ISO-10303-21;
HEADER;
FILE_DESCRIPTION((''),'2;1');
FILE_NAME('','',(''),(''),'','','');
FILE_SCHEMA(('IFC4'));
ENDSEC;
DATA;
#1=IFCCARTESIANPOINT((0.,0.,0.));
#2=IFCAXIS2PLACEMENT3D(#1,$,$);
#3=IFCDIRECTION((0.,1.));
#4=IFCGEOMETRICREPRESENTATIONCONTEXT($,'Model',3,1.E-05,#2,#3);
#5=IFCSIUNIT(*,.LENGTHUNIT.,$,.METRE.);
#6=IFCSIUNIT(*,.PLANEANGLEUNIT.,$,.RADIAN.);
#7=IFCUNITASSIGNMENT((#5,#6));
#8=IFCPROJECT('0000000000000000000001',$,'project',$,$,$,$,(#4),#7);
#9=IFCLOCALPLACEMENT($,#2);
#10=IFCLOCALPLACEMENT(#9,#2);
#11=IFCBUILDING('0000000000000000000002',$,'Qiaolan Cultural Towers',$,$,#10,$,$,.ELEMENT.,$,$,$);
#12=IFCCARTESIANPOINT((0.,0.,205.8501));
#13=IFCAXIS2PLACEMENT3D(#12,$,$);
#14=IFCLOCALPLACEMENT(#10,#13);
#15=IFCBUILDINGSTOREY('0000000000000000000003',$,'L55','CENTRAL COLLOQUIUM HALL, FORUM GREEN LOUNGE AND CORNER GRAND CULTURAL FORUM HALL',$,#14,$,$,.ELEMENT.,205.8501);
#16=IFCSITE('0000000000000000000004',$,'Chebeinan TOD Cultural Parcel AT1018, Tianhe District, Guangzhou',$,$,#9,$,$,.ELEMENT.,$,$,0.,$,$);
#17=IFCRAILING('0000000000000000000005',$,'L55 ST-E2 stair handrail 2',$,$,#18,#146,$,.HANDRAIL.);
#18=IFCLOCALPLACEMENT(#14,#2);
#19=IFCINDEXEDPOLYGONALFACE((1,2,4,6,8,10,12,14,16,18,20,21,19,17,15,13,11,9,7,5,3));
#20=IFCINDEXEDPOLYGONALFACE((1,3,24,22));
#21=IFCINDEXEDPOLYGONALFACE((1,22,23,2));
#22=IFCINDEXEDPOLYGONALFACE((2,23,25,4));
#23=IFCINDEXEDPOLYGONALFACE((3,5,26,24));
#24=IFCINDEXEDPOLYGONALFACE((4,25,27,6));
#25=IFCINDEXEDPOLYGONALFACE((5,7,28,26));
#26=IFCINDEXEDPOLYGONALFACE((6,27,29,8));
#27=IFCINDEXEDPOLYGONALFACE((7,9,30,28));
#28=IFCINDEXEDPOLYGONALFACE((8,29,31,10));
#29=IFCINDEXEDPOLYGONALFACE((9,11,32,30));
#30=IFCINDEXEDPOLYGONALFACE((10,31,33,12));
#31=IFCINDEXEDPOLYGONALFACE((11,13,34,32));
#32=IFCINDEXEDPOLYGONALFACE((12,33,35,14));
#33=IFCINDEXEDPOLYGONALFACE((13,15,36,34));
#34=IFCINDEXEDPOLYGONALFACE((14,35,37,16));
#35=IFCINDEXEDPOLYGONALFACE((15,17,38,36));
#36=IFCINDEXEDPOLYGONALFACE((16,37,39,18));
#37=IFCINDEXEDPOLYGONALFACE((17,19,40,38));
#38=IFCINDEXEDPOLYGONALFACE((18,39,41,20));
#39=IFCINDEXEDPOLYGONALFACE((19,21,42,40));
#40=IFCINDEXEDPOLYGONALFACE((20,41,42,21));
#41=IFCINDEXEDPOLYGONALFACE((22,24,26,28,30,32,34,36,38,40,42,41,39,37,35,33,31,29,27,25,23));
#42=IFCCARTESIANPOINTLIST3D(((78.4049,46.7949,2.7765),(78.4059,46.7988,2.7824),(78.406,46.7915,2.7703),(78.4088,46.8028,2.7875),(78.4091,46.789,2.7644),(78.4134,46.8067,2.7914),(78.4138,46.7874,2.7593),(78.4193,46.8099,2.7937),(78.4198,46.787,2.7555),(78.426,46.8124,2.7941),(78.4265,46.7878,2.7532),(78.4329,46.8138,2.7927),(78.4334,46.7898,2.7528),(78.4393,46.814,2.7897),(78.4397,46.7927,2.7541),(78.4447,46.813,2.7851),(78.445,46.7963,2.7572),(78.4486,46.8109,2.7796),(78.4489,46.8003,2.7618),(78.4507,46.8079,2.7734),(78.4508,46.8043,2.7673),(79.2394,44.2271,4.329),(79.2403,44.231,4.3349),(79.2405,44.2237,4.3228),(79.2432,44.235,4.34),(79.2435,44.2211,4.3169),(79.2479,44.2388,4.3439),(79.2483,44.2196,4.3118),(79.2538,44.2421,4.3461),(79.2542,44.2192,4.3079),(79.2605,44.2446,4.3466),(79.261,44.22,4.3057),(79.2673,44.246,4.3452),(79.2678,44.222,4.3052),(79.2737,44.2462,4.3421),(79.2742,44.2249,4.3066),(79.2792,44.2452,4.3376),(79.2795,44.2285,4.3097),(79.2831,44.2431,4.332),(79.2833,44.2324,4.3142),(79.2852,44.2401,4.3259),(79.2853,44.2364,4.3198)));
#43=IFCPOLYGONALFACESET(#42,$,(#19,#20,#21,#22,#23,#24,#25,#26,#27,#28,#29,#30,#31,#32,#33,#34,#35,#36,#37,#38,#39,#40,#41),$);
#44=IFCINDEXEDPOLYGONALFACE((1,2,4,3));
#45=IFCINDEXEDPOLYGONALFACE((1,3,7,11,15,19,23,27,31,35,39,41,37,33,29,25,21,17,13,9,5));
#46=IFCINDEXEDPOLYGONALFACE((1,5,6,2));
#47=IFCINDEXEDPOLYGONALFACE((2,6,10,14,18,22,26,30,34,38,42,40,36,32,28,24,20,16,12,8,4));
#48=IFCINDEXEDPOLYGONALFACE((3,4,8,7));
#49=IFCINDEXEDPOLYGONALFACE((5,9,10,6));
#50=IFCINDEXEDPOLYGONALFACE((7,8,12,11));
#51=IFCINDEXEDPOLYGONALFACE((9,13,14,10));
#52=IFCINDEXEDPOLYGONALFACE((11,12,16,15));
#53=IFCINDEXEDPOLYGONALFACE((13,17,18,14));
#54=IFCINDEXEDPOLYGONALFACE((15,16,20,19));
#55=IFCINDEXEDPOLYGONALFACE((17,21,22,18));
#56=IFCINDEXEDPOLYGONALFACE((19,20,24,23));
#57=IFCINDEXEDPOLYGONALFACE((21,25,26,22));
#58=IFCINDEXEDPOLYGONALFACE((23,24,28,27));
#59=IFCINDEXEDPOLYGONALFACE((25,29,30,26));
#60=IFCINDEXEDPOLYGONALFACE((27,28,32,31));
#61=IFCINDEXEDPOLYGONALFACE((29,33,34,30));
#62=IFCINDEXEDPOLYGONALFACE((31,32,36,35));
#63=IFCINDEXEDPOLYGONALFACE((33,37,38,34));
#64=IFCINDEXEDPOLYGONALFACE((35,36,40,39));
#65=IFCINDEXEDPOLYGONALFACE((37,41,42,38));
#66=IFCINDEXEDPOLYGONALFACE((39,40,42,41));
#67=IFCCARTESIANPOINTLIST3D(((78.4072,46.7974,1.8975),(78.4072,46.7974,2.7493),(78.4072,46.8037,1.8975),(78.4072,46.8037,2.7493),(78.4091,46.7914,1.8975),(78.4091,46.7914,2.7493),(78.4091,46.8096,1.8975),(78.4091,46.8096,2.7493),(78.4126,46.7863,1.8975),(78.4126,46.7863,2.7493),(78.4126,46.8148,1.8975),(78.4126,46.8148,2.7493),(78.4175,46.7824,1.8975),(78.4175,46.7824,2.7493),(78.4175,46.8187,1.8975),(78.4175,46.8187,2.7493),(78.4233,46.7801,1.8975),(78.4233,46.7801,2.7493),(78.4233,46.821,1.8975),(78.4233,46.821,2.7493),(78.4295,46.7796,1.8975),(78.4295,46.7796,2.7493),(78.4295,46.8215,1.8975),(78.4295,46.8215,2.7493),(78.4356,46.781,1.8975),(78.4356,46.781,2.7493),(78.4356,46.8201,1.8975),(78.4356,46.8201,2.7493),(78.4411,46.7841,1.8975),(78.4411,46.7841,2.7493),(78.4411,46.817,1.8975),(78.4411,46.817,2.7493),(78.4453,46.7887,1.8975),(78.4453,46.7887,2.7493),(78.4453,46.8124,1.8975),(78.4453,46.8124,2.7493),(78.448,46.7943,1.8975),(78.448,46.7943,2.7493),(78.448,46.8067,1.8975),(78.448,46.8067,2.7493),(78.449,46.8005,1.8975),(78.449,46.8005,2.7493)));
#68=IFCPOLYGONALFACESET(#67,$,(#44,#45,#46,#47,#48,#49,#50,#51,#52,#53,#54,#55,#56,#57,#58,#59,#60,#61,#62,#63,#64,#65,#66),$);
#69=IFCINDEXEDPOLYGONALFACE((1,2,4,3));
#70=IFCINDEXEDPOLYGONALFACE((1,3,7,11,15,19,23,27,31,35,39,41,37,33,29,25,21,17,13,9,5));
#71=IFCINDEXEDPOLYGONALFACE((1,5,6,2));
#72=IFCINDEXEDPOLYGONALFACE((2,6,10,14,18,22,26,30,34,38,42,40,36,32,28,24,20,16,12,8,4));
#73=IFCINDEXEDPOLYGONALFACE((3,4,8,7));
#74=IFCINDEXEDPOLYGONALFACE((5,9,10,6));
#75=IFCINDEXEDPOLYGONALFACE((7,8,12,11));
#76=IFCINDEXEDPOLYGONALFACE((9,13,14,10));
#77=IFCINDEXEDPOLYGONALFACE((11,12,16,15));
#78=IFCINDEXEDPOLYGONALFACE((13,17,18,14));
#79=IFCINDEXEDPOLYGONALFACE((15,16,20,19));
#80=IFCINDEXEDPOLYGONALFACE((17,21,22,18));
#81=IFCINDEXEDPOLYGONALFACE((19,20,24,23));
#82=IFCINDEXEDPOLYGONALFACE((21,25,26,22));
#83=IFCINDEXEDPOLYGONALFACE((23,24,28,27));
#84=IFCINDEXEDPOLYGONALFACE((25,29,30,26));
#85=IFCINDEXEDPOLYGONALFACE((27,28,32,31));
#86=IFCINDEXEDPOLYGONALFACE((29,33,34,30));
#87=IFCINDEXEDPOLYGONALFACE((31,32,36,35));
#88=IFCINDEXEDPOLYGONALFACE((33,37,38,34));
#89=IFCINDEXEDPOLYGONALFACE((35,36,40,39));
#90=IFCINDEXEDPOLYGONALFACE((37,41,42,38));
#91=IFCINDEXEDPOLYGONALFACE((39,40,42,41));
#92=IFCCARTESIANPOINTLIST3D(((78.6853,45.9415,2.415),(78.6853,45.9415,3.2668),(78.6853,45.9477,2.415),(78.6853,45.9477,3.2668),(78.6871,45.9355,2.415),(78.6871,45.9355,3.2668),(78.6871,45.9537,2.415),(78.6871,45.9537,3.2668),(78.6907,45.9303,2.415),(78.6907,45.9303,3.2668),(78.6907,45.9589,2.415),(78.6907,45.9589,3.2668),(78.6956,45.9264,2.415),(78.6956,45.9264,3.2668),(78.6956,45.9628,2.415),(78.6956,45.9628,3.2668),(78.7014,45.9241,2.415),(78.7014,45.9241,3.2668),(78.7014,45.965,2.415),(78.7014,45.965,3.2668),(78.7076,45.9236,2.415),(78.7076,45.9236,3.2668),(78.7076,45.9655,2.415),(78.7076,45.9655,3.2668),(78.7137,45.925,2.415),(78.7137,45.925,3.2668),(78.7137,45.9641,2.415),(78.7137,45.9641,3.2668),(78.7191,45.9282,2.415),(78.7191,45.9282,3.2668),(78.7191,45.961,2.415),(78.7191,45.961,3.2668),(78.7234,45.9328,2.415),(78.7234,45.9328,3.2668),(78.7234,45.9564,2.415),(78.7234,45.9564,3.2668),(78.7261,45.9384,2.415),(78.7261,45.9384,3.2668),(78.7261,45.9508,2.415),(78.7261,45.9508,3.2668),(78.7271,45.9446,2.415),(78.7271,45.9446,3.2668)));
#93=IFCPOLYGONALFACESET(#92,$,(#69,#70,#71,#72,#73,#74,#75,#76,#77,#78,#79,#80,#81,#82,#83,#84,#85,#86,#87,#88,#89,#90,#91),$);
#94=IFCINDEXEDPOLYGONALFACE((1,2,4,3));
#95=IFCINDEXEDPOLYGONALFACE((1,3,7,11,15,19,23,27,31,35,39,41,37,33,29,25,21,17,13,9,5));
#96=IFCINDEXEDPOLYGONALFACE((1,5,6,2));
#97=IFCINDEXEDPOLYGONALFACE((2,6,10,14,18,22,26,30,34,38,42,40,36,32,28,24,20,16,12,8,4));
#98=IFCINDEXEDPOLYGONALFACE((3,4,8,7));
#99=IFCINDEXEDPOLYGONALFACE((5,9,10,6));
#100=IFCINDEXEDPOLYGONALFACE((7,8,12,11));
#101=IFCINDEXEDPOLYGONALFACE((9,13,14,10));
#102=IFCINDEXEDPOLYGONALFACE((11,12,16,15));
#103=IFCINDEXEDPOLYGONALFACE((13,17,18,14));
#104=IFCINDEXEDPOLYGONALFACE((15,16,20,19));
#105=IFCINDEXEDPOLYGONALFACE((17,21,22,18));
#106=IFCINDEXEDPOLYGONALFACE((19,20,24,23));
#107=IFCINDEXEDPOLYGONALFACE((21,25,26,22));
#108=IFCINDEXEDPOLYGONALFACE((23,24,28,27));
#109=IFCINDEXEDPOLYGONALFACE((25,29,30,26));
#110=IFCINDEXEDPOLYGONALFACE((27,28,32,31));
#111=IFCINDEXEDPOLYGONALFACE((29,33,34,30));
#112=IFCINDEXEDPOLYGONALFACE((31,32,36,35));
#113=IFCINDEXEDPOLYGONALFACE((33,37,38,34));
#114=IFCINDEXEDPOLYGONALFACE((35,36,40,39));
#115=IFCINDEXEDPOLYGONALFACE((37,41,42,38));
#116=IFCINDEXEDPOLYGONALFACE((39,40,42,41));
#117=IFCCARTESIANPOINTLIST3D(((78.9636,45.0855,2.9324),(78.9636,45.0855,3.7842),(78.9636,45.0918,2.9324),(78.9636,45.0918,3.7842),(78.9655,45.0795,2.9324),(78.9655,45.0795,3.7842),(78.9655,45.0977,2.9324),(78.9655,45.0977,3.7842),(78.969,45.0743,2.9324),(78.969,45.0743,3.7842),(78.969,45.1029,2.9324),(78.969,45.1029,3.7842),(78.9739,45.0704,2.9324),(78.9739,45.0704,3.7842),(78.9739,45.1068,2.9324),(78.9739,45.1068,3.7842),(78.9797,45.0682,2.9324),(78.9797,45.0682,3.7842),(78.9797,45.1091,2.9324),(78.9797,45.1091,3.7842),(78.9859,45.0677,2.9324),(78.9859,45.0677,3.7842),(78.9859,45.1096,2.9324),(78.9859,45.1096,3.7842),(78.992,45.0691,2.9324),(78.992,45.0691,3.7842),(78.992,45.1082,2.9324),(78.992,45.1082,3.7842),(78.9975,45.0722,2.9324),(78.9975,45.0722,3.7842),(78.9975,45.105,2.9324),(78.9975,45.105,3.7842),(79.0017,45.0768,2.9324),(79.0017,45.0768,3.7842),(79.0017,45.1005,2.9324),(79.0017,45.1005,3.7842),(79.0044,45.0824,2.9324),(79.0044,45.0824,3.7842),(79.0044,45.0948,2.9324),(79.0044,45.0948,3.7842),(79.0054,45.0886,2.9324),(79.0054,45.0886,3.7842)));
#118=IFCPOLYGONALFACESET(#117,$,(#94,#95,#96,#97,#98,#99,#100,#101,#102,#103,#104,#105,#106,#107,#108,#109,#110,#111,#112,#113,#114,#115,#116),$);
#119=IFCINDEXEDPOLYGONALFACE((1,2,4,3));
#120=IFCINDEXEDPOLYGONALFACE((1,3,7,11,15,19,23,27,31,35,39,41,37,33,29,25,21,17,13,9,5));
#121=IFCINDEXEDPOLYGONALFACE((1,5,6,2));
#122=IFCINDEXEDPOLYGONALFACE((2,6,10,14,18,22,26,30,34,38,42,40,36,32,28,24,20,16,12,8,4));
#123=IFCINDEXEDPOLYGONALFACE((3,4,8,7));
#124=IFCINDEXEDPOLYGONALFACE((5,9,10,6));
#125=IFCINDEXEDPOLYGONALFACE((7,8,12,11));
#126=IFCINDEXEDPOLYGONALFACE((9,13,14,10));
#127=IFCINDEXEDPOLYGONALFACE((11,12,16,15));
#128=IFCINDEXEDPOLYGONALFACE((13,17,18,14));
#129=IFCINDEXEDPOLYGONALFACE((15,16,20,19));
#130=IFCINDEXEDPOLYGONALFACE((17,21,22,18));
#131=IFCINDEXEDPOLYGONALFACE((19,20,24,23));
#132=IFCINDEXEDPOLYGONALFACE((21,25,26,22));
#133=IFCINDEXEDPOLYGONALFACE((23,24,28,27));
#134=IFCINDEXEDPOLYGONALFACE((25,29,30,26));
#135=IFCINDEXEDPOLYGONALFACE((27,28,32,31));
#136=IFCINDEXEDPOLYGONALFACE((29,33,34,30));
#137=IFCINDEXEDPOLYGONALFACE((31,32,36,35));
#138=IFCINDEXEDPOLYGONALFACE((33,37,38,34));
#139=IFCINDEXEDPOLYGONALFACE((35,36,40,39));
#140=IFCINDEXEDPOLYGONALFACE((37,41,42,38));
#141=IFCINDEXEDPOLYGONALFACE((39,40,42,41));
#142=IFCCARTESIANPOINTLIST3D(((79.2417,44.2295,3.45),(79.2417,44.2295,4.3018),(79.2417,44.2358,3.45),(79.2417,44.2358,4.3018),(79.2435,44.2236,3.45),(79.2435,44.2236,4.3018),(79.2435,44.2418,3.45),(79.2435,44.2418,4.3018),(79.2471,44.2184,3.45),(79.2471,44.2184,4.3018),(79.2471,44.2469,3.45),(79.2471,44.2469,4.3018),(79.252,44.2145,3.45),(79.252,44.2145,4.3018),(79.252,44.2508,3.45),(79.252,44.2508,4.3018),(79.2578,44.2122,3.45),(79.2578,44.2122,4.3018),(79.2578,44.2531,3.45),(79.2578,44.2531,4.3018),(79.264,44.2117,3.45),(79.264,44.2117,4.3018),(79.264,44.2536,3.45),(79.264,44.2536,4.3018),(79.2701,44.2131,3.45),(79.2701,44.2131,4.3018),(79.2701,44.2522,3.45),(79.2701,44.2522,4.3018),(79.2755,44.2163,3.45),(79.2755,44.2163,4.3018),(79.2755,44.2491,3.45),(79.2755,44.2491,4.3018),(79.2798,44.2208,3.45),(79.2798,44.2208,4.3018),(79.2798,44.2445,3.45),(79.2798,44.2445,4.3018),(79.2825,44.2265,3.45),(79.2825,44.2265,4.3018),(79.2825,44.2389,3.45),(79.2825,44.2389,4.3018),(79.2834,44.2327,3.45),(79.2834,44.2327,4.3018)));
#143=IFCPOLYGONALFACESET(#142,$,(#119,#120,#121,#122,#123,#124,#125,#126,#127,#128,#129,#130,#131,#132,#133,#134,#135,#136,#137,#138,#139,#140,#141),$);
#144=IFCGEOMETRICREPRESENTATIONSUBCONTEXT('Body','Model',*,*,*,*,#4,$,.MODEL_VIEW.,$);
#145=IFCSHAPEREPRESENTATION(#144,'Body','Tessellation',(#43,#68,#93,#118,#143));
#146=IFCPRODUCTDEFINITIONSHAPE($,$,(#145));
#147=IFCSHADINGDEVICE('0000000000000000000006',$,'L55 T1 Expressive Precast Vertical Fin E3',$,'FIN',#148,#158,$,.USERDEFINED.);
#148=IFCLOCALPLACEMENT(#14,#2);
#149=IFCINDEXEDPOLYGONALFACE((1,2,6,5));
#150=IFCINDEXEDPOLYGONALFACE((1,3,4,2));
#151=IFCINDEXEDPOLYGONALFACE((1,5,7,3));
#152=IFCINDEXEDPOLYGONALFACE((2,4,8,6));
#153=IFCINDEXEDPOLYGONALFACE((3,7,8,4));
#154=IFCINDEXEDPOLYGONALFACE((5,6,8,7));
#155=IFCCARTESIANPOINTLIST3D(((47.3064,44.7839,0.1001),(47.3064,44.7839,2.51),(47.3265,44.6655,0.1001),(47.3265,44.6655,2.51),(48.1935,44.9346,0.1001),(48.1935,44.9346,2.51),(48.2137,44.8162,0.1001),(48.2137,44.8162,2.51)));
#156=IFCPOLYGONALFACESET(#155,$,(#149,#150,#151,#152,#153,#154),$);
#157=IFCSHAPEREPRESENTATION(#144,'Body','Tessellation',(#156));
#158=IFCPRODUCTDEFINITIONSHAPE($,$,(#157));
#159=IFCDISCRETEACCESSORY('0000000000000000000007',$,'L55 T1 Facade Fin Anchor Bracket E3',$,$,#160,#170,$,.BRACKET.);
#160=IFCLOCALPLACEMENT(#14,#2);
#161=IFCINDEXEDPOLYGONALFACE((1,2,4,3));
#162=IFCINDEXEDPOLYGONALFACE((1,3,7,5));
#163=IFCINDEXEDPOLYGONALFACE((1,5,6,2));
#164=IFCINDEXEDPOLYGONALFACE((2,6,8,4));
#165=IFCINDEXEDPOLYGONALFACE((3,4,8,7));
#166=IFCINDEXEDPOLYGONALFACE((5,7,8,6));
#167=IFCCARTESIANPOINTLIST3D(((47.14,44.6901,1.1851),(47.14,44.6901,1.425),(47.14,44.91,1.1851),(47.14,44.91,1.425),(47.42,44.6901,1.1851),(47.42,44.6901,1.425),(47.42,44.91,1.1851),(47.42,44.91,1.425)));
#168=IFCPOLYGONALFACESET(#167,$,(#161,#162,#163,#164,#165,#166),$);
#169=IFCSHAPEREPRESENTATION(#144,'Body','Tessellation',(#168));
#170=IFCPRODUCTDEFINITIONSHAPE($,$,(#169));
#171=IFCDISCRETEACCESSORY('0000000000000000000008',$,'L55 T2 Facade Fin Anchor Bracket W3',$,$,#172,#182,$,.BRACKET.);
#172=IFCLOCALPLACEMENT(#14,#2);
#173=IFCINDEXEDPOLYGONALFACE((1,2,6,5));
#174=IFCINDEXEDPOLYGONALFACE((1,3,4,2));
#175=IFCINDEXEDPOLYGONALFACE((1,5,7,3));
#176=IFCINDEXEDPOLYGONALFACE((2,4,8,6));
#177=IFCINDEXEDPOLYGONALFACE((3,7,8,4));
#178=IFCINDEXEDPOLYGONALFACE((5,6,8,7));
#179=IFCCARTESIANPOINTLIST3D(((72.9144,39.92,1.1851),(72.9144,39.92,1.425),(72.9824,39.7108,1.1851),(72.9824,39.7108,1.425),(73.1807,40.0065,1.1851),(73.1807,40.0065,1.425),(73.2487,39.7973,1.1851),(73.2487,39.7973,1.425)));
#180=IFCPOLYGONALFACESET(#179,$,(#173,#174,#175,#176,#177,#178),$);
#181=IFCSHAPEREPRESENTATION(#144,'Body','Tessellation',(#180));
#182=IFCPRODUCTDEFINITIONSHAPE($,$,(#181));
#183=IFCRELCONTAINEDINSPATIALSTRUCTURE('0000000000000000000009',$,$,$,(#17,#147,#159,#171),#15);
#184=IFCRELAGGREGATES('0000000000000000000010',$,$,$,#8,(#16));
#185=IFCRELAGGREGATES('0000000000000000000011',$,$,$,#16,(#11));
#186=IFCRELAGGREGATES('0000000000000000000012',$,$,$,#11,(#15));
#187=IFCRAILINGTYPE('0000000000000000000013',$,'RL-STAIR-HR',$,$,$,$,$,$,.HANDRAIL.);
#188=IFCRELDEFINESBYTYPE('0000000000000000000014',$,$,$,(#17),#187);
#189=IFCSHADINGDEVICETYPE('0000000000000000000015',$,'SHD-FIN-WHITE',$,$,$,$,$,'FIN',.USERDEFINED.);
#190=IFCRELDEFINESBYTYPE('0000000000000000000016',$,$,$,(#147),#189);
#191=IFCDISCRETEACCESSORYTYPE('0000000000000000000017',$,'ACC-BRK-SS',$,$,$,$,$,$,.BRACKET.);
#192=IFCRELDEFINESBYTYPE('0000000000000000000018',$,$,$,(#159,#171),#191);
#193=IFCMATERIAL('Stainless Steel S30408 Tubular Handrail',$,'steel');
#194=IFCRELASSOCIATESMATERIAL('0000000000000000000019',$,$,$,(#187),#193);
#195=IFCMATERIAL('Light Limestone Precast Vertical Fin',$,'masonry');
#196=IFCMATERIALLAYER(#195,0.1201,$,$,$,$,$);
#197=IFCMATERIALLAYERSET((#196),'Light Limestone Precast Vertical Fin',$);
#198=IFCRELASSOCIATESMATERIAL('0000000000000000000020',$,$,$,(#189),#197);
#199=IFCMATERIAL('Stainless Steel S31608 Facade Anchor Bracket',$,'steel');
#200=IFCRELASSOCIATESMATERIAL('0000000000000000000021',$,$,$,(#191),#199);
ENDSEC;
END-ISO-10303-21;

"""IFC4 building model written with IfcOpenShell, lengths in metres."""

from ifc_helpers import new_model, si_unit, direction, frame, origin, origin_2d, place, context, subcontext, project, spatial, rectangle, circle, extrude, material, layer, layer_set, type_object, element, save


model = new_model("IFC4")

# Units and contexts
model_context = context("Model", 3, precision=1e-05, world=origin(), true_north=direction((0.0, 1.0)))
body_context = subcontext(model_context, "Body", "Model", "MODEL_VIEW")
ifc_project = project(units=[si_unit("LENGTHUNIT", "METRE"), si_unit("PLANEANGLEUNIT", "RADIAN")], contexts=[model_context])

# Site, building, storey
site_placement = place(None, origin())
site = spatial("IfcSite", under=ifc_project, at=site_placement, Name="Chebeinan TOD Cultural Parcel AT1018, Tianhe District, Guangzhou", CompositionType="ELEMENT", RefElevation=0.0)
building_placement = place(site_placement, origin())
building = spatial("IfcBuilding", under=site, at=building_placement, Name="Qiaolan Cultural Towers", CompositionType="ELEMENT")
storey_placement = place(building_placement, frame((0.0, 0.0, 205.8501)))
storey = spatial("IfcBuildingStorey", under=building, at=storey_placement, Name="L55", Description="CENTRAL COLLOQUIUM HALL, FORUM GREEN LOUNGE AND CORNER GRAND CULTURAL FORUM HALL", CompositionType="ELEMENT", Elevation=205.8501)

# Railing
ifc_material_1 = material(Name="Stainless Steel S30408 Tubular Handrail", Category="steel")
railing_type_1 = type_object("IfcRailingType", Name="RL-STAIR-HR", PredefinedType="HANDRAIL", material=ifc_material_1)
railing_1_placement = place(storey_placement, frame((78.428, 46.8005, 1.8975)))
element("IfcRailing", 1, at=railing_1_placement, inside=storey, type_object=railing_type_1, Name="L55 ST-E2 stair handrail 2", PredefinedType="HANDRAIL", context=body_context, shape_type="SweptSolid", body=[
    extrude(circle(Radius=0.0239, at=origin_2d()), frame((0.0, 0.0, 0.876), z_axis=(0.267926, -0.824471, 0.498461), x_axis=(0.951043, 0.309057, 0.0)), (0.0, 0.0, 1.0), 3.1145),
    extrude(circle(Radius=0.021, at=origin_2d()), origin(), (0.0, 0.0, 1.0), 0.8518),
    extrude(circle(Radius=0.021, at=origin_2d()), frame((0.2781, -0.856, 0.5176)), (0.0, 0.0, 1.0), 0.8518),
    extrude(circle(Radius=0.021, at=origin_2d()), frame((0.5564, -1.7119, 1.0349)), (0.0, 0.0, 1.0), 0.8518),
    extrude(circle(Radius=0.021, at=origin_2d()), frame((0.8345, -2.5679, 1.5525)), (0.0, 0.0, 1.0), 0.8518),
])

# Shading device
ifc_material_2 = material(Name="Light Limestone Precast Vertical Fin", Category="masonry")
ifc_layer_1 = layer(ifc_material_2, 0.1201)
ifc_layer_set_1 = layer_set([ifc_layer_1], Name="Light Limestone Precast Vertical Fin")
shading_device_type = type_object("IfcShadingDeviceType", Name="SHD-FIN-WHITE", ElementType="FIN", PredefinedType="USERDEFINED", material=ifc_layer_set_1)
shading_device_placement = place(storey_placement, frame((47.76, 44.8, 0.1001), z_axis=(0.0, 0.0, 1.0), x_axis=(0.985874, 0.167488, 0.0)))
element("IfcShadingDevice", 2, at=shading_device_placement, inside=storey, type_object=shading_device_type, Name="L55 T1 Expressive Precast Vertical Fin E3", ObjectType="FIN", PredefinedType="USERDEFINED", context=body_context, shape_type="SweptSolid", body=[
    extrude(rectangle(XDim=0.8999, YDim=0.1201, at=origin_2d()), origin(), (0.0, 0.0, 1.0), 2.4099),
])

# Discrete accessories
ifc_material_3 = material(Name="Stainless Steel S31608 Facade Anchor Bracket", Category="steel")
discrete_accessory_type = type_object("IfcDiscreteAccessoryType", Name="ACC-BRK-SS", PredefinedType="BRACKET", material=ifc_material_3)
for number, where, z_axis, x_axis, name in (
    (3, (47.28, 44.8, 1.1851), (0.0, 0.0, 1.0), (1.0, 0.0, 0.0), "L55 T1 Facade Fin Anchor Bracket E3"),
    (4, (73.0815, 39.8586, 1.1851), (0.0, 0.0, 1.0), (0.951057, 0.309017, 0.0), "L55 T2 Facade Fin Anchor Bracket W3"),
):
    element("IfcDiscreteAccessory", number, at=place(storey_placement, frame(where, z_axis=z_axis, x_axis=x_axis)), inside=storey, type_object=discrete_accessory_type, Name=name, PredefinedType="BRACKET", context=body_context, shape_type="SweptSolid", body=[
        extrude(rectangle(XDim=0.28, YDim=0.22, at=origin_2d()), origin(), (0.0, 0.0, 1.0), 0.24),
    ])

save(model, "model.ifc")
